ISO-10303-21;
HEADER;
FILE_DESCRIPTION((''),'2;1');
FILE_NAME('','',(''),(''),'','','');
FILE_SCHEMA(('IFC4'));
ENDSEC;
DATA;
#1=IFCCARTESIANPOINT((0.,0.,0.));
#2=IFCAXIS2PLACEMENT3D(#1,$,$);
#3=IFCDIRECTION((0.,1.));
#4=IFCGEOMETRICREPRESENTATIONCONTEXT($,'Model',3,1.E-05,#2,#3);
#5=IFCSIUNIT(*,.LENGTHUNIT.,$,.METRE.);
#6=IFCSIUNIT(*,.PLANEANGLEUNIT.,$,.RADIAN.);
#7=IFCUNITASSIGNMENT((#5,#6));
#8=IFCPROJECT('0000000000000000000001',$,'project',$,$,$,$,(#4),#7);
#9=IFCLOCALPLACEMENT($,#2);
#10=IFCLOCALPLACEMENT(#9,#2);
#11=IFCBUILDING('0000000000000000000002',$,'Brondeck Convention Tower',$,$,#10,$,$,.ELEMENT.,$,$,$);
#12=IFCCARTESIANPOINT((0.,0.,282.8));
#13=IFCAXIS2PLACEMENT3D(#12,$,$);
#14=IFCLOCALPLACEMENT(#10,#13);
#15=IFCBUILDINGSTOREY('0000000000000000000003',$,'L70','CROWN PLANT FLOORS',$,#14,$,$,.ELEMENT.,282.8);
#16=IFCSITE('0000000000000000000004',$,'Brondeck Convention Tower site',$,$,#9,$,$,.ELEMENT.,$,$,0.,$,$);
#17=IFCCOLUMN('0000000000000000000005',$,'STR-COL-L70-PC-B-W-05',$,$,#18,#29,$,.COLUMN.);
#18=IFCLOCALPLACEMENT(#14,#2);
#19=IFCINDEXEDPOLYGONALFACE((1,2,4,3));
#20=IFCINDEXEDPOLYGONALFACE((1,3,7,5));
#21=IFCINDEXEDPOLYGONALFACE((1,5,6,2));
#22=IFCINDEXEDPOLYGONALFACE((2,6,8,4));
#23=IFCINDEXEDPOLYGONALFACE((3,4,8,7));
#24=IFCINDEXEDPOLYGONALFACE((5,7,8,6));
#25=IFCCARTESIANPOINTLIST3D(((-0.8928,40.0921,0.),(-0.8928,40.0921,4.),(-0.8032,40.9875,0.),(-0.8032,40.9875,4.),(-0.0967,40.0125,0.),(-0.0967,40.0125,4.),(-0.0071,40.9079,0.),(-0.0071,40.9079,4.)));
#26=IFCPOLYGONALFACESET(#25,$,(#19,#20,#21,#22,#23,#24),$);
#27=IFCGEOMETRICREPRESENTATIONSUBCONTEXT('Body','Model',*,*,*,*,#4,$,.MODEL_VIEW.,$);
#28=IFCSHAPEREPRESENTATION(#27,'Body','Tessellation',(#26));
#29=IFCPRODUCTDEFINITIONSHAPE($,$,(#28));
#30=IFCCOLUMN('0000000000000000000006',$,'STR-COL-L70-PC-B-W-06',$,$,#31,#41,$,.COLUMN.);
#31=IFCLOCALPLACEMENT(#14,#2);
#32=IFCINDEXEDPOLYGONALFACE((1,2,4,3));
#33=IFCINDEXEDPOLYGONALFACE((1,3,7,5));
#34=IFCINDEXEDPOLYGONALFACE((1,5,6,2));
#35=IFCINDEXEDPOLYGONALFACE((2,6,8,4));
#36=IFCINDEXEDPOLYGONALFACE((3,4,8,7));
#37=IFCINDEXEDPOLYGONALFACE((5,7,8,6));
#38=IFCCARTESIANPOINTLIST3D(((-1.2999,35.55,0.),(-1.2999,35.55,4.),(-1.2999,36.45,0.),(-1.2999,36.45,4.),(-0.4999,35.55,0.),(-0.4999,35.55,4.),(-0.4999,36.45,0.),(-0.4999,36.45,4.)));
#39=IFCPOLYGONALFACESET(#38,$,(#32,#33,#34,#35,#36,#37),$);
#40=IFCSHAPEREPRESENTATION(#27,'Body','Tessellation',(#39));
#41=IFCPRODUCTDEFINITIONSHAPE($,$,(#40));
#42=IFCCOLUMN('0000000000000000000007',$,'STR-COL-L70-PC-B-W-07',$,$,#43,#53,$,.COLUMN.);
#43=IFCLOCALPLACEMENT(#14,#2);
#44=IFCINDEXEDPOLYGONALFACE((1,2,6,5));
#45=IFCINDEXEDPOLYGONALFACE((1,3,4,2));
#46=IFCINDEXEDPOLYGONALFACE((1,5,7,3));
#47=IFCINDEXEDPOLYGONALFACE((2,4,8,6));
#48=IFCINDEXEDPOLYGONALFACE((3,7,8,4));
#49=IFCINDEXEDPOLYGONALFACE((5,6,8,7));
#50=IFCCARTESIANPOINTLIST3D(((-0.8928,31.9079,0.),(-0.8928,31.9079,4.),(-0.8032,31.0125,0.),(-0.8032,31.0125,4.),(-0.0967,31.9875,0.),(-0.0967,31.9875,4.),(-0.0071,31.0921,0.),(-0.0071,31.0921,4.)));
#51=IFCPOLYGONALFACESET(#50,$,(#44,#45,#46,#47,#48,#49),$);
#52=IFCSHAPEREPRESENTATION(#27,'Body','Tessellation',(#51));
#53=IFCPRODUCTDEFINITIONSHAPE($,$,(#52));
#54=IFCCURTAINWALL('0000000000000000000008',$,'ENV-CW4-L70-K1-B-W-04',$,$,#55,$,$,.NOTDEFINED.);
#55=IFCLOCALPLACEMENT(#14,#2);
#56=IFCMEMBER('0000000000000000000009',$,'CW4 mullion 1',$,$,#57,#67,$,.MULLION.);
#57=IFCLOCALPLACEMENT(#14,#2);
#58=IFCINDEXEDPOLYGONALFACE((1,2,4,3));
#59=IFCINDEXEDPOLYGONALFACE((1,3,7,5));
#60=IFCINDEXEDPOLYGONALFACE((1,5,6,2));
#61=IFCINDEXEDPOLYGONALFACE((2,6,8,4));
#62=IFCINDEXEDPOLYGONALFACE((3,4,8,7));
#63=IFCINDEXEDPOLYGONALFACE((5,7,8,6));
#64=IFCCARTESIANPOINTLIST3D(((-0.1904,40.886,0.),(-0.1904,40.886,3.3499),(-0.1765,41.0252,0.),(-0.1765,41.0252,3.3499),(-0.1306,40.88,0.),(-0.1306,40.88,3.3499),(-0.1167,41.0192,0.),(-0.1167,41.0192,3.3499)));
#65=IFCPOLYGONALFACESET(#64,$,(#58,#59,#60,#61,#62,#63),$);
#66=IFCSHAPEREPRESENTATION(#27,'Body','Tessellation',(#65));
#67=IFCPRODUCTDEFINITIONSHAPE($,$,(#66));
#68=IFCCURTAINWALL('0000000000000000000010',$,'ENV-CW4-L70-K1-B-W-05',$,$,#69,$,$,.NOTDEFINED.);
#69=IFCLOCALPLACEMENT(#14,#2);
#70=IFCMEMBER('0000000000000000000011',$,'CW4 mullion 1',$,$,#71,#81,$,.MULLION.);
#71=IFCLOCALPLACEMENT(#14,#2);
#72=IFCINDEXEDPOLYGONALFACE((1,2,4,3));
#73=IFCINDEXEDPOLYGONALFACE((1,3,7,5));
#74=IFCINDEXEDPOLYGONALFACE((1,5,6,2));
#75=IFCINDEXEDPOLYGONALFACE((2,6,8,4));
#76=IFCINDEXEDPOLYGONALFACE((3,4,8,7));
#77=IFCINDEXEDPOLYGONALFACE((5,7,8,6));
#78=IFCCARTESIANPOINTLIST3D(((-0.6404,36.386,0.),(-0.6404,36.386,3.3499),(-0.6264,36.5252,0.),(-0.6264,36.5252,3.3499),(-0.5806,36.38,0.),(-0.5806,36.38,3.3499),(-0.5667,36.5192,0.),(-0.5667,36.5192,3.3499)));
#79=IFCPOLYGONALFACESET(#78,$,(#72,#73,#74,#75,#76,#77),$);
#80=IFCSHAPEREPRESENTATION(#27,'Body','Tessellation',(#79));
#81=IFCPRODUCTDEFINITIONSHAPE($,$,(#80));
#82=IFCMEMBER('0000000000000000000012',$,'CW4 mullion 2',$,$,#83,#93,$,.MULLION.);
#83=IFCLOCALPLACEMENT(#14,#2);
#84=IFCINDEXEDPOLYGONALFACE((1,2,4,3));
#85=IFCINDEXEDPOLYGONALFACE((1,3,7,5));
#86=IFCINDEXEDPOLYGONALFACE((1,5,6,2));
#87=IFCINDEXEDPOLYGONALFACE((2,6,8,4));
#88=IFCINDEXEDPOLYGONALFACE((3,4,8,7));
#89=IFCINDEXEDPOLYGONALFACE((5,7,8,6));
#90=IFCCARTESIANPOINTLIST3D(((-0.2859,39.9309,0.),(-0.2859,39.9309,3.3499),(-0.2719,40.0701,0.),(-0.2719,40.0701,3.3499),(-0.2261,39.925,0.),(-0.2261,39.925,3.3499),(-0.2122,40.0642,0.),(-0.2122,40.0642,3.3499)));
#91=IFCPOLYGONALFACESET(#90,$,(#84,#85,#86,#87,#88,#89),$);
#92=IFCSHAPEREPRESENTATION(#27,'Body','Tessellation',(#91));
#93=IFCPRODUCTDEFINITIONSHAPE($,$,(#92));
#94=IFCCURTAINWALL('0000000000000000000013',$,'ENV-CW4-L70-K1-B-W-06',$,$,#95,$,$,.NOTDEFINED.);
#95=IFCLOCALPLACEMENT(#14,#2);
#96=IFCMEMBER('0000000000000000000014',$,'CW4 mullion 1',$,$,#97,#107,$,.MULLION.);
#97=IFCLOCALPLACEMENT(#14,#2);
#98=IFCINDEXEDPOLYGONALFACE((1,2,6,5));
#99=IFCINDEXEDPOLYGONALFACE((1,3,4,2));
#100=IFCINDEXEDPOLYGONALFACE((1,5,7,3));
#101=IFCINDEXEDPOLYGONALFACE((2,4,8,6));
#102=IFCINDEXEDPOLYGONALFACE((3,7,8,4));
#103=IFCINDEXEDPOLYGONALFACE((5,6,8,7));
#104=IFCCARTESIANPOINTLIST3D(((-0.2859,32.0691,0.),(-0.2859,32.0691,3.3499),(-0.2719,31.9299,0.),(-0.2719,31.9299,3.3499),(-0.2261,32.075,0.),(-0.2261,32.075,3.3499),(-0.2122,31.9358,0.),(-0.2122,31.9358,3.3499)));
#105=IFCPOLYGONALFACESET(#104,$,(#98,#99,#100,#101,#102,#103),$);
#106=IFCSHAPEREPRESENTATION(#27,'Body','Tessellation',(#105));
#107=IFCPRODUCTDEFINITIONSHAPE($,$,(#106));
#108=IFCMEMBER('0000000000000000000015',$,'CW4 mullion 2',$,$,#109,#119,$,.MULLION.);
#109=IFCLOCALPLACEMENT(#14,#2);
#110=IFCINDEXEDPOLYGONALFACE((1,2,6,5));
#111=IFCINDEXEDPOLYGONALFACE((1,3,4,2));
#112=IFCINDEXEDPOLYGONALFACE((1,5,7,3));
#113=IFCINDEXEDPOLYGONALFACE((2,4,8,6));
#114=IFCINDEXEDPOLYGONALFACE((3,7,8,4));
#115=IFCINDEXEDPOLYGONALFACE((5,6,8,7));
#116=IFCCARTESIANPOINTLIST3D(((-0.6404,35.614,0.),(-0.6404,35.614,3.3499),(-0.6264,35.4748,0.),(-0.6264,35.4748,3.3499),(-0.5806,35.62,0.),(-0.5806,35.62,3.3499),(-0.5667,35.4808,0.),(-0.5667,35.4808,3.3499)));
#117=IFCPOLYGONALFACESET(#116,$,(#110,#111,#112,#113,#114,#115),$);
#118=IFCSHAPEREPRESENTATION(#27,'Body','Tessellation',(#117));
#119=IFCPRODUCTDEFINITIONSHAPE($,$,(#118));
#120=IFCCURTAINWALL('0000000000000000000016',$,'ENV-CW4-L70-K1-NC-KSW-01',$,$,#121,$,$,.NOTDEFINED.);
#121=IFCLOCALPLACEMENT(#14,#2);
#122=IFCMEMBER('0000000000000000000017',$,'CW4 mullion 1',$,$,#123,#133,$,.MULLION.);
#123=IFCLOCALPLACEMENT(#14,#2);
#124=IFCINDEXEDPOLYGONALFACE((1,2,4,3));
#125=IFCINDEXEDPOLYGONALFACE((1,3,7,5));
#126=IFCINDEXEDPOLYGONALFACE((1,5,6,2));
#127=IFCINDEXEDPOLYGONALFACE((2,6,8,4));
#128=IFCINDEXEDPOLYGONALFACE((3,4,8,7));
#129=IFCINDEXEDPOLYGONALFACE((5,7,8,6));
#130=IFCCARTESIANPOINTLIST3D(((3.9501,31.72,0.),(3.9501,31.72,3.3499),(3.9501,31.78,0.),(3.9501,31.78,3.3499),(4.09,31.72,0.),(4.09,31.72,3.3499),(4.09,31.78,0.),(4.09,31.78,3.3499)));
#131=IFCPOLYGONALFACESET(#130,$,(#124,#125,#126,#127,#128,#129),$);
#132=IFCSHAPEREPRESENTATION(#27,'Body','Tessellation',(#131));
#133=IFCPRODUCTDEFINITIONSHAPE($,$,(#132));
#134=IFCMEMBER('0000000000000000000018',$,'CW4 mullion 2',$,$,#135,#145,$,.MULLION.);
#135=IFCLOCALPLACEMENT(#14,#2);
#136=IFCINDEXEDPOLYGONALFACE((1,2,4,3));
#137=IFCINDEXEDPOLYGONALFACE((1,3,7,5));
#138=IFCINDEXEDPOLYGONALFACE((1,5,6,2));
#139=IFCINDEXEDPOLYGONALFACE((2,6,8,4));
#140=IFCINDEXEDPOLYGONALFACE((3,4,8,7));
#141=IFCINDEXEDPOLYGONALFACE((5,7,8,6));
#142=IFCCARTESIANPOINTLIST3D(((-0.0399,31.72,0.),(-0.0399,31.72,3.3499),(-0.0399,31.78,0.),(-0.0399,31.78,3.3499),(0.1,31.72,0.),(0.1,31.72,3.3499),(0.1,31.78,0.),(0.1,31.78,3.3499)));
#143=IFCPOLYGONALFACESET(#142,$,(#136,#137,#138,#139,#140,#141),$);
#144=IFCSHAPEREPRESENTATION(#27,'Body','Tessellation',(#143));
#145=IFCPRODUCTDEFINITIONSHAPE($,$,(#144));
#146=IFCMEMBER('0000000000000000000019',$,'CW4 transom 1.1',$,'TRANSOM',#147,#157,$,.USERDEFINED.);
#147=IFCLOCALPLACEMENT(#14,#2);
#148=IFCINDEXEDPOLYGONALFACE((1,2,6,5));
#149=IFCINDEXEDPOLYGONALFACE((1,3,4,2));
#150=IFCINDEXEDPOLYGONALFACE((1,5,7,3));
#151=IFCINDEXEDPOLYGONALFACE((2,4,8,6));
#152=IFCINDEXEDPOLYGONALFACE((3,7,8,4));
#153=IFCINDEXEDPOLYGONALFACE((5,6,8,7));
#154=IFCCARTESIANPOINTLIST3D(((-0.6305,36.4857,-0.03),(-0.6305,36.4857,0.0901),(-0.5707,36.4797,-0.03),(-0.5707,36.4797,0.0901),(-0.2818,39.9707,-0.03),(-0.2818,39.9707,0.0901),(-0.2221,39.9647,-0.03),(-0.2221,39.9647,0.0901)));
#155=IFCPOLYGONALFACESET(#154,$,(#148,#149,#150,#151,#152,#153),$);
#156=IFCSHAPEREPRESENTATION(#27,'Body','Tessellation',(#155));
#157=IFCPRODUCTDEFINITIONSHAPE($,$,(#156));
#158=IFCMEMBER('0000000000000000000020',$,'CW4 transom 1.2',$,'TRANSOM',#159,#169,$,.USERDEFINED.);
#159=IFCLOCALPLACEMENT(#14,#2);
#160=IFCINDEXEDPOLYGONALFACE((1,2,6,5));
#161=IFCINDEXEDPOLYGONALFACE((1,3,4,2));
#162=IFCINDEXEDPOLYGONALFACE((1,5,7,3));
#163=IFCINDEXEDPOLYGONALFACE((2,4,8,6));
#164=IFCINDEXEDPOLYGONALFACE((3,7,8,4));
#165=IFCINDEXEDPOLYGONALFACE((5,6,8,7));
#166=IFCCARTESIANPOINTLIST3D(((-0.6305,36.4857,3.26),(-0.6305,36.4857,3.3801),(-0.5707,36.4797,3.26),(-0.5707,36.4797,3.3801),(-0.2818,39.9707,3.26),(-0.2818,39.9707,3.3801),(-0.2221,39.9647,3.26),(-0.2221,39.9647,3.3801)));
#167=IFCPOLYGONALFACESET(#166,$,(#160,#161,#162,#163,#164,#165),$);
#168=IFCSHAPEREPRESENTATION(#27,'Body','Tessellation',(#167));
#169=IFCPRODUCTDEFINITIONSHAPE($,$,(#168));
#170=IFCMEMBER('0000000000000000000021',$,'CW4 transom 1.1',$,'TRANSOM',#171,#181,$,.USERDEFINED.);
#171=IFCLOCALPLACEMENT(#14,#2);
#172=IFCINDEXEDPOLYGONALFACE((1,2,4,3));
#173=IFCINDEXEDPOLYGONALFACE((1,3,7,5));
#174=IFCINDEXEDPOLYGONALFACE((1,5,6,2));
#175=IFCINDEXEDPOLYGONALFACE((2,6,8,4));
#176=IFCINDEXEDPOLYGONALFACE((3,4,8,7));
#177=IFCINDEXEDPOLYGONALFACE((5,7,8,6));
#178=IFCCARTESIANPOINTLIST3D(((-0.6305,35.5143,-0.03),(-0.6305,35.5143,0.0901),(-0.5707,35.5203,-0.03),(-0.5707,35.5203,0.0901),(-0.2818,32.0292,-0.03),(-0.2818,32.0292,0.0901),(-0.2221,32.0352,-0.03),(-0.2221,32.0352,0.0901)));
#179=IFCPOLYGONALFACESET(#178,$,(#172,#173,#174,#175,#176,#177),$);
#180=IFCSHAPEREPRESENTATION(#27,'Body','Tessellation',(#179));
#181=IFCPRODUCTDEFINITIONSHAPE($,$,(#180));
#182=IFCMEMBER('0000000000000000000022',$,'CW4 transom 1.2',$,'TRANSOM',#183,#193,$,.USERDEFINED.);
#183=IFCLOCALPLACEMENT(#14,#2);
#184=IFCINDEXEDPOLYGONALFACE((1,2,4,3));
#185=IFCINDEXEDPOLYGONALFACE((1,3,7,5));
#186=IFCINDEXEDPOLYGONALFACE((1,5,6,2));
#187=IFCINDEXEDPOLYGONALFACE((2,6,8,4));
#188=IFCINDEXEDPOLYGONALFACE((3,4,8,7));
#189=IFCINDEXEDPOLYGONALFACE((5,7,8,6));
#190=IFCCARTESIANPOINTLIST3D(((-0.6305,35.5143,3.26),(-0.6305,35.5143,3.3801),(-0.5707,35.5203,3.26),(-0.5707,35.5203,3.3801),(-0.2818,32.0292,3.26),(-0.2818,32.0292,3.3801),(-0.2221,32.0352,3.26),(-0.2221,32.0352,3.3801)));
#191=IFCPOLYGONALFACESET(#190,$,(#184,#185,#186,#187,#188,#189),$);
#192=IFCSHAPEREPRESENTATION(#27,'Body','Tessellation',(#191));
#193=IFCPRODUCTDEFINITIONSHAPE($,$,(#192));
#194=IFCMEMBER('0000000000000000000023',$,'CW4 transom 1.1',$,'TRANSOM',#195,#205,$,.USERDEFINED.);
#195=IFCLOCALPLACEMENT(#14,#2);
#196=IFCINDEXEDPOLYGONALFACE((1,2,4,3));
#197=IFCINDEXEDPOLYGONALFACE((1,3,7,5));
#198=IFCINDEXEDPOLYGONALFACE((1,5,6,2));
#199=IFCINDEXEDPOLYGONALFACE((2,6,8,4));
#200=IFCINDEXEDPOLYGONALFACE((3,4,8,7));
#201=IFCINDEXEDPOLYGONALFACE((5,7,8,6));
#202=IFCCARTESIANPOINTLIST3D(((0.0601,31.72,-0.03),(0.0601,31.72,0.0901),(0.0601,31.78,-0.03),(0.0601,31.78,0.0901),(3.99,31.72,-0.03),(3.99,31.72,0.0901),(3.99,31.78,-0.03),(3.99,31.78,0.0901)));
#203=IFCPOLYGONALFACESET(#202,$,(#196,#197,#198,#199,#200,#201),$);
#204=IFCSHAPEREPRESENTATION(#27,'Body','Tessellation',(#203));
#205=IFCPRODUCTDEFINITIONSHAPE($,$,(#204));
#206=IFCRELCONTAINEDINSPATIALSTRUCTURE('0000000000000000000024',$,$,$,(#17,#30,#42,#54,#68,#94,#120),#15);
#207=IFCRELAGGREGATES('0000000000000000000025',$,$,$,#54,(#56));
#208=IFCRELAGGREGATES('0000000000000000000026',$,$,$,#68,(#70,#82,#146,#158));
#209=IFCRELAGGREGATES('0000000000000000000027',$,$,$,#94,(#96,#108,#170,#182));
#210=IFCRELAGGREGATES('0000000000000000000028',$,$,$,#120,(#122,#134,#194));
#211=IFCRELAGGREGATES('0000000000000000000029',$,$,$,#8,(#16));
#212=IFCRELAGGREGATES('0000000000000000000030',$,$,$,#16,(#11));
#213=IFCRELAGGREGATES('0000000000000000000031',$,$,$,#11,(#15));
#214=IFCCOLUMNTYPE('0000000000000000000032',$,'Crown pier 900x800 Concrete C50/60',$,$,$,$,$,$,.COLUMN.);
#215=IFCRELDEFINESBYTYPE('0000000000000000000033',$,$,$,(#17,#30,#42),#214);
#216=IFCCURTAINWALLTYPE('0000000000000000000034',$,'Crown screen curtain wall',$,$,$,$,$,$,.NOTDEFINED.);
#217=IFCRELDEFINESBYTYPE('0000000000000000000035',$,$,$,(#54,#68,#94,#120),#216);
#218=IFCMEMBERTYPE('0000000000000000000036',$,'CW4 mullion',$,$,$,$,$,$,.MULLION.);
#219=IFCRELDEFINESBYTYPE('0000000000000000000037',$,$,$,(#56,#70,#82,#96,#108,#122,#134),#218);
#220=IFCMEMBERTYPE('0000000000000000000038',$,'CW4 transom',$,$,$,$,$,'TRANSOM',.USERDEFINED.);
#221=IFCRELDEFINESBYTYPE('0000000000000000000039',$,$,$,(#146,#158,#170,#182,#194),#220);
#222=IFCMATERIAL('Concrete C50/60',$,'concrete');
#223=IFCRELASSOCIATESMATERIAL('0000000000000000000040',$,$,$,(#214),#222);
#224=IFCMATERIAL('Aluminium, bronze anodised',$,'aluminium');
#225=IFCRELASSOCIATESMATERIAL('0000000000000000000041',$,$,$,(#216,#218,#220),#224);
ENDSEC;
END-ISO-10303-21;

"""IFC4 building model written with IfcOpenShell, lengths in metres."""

from ifc_helpers import new_model, si_unit, direction, frame, origin, origin_2d, place, context, subcontext, project, spatial, rectangle, extrude, material, material_profile, profile_set, type_object, element, aggregate, save


model = new_model("IFC4")

# Units and contexts
model_context = context("Model", 3, precision=1e-05, world=origin(), true_north=direction((0.0, 1.0)))
body_context = subcontext(model_context, "Body", "Model", "MODEL_VIEW")
ifc_project = project(units=[si_unit("LENGTHUNIT", "METRE"), si_unit("PLANEANGLEUNIT", "RADIAN")], contexts=[model_context])

# Site, building, storey
site_placement = place(None, origin())
site = spatial("IfcSite", under=ifc_project, at=site_placement, Name="Brondeck Convention Tower site", CompositionType="ELEMENT", RefElevation=0.0)
building_placement = place(site_placement, origin())
building = spatial("IfcBuilding", under=site, at=building_placement, Name="Brondeck Convention Tower", CompositionType="ELEMENT")
storey_placement = place(building_placement, frame((0.0, 0.0, 282.8)))
storey = spatial("IfcBuildingStorey", under=building, at=storey_placement, Name="L70", Description="CROWN PLANT FLOORS", CompositionType="ELEMENT", Elevation=282.8)

# Columns
ifc_material_1 = material(Name="Concrete C50/60", Category="concrete")
ifc_material_profile_1 = material_profile(ifc_material_1, rectangle(XDim=0.8999, YDim=0.8, at=origin_2d()), Name="Crown pier 900x800 Concrete C50/60")
ifc_profile_set_1 = profile_set([ifc_material_profile_1], Name="Concrete C50/60")
column_type = type_object("IfcColumnType", Name="Crown pier 900x800 Concrete C50/60", PredefinedType="COLUMN", material=ifc_profile_set_1)
for number, where, z_axis, x_axis, name in (
    (1, (-0.45, 40.5, 0.0), (0.0, 0.0, 1.0), (-0.099504, -0.995037, 0.0), "STR-COL-L70-PC-B-W-05"),
    (2, (-0.8999, 36.0, 0.0), (0.0, 0.0, 1.0), (0.0, -1.0, 0.0), "STR-COL-L70-PC-B-W-06"),
    (3, (-0.45, 31.5, 0.0), (0.0, 0.0, 1.0), (0.099504, -0.995037, 0.0), "STR-COL-L70-PC-B-W-07"),
):
    element("IfcColumn", number, at=place(storey_placement, frame(where, z_axis=z_axis, x_axis=x_axis)), inside=storey, type_object=column_type, Name=name, PredefinedType="COLUMN", context=body_context, shape_type="SweptSolid", body=[
        extrude(rectangle(XDim=0.8999, YDim=0.8, at=origin_2d()), origin(), (0.0, 0.0, 1.0), 4.0),
    ])

# Curtain wall, member
ifc_material_2 = material(Name="Aluminium, bronze anodised", Category="aluminium")
curtain_wall_type = type_object("IfcCurtainWallType", Name="Crown screen curtain wall", PredefinedType="NOTDEFINED", material=ifc_material_2)
curtain_wall_1_placement = place(storey_placement, origin())
curtain_wall_1 = element("IfcCurtainWall", 4, at=curtain_wall_1_placement, inside=storey, type_object=curtain_wall_type, Name="ENV-CW4-L70-K1-B-W-04", PredefinedType="NOTDEFINED")
ifc_material_profile_2 = material_profile(ifc_material_2, rectangle(XDim=0.0601, YDim=0.1399, at=origin_2d()), Name="CW4 mullion")
ifc_profile_set_2 = profile_set([ifc_material_profile_2], Name="Aluminium, bronze anodised")
member_type_1 = type_object("IfcMemberType", Name="CW4 mullion", PredefinedType="MULLION", material=ifc_profile_set_2)
member_1_placement = place(storey_placement, frame((-0.1536, 40.9526, 0.0), z_axis=(0.0, 0.0, 1.0), x_axis=(-0.995036, 0.099517, 0.0)))
member_1 = element("IfcMember", 5, at=member_1_placement, type_object=member_type_1, Name="CW4 mullion 1", PredefinedType="MULLION", context=body_context, shape_type="SweptSolid", body=[
    extrude(rectangle(XDim=0.0601, YDim=0.1399, at=origin_2d()), origin(), (0.0, 0.0, 1.0), 3.3499),
])
aggregate(curtain_wall_1, [member_1])

# Curtain walls, members
curtain_wall_2_placement = place(storey_placement, origin())
curtain_wall_2 = element("IfcCurtainWall", 6, at=curtain_wall_2_placement, inside=storey, type_object=curtain_wall_type, Name="ENV-CW4-L70-K1-B-W-05", PredefinedType="NOTDEFINED")
member_2_placement = place(storey_placement, frame((-0.6035, 36.4526, 0.0), z_axis=(0.0, 0.0, 1.0), x_axis=(-0.995036, 0.099517, 0.0)))
member_2 = element("IfcMember", 7, at=member_2_placement, type_object=member_type_1, Name="CW4 mullion 1", PredefinedType="MULLION", context=body_context, shape_type="SweptSolid", body=[
    extrude(rectangle(XDim=0.0601, YDim=0.1399, at=origin_2d()), origin(), (0.0, 0.0, 1.0), 3.3499),
])
member_3_placement = place(storey_placement, frame((-0.249, 39.9976, 0.0), z_axis=(0.0, 0.0, 1.0), x_axis=(-0.995036, 0.099517, 0.0)))
member_3 = element("IfcMember", 8, at=member_3_placement, type_object=member_type_1, Name="CW4 mullion 2", PredefinedType="MULLION", context=body_context, shape_type="SweptSolid", body=[
    extrude(rectangle(XDim=0.0601, YDim=0.1399, at=origin_2d()), origin(), (0.0, 0.0, 1.0), 3.3499),
])
curtain_wall_3_placement = place(storey_placement, origin())
curtain_wall_3 = element("IfcCurtainWall", 9, at=curtain_wall_3_placement, inside=storey, type_object=curtain_wall_type, Name="ENV-CW4-L70-K1-B-W-06", PredefinedType="NOTDEFINED")
member_4_placement = place(storey_placement, frame((-0.249, 32.0024, 0.0), z_axis=(0.0, 0.0, 1.0), x_axis=(-0.995036, -0.099517, 0.0)))
member_4 = element("IfcMember", 10, at=member_4_placement, type_object=member_type_1, Name="CW4 mullion 1", PredefinedType="MULLION", context=body_context, shape_type="SweptSolid", body=[
    extrude(rectangle(XDim=0.0601, YDim=0.1399, at=origin_2d()), origin(), (0.0, 0.0, 1.0), 3.3499),
])
member_5_placement = place(storey_placement, frame((-0.6035, 35.5474, 0.0), z_axis=(0.0, 0.0, 1.0), x_axis=(-0.995036, -0.099517, 0.0)))
member_5 = element("IfcMember", 11, at=member_5_placement, type_object=member_type_1, Name="CW4 mullion 2", PredefinedType="MULLION", context=body_context, shape_type="SweptSolid", body=[
    extrude(rectangle(XDim=0.0601, YDim=0.1399, at=origin_2d()), origin(), (0.0, 0.0, 1.0), 3.3499),
])
curtain_wall_4_placement = place(storey_placement, origin())
curtain_wall_4 = element("IfcCurtainWall", 12, at=curtain_wall_4_placement, inside=storey, type_object=curtain_wall_type, Name="ENV-CW4-L70-K1-NC-KSW-01", PredefinedType="NOTDEFINED")
member_6_placement = place(storey_placement, frame((4.02, 31.75, 0.0), z_axis=(0.0, 0.0, 1.0), x_axis=(0.0, -1.0, 0.0)))
member_6 = element("IfcMember", 13, at=member_6_placement, type_object=member_type_1, Name="CW4 mullion 1", PredefinedType="MULLION", context=body_context, shape_type="SweptSolid", body=[
    extrude(rectangle(XDim=0.0601, YDim=0.1399, at=origin_2d()), origin(), (0.0, 0.0, 1.0), 3.3499),
])
member_7_placement = place(storey_placement, frame((0.03, 31.75, 0.0), z_axis=(0.0, 0.0, 1.0), x_axis=(0.0, -1.0, 0.0)))
member_7 = element("IfcMember", 14, at=member_7_placement, type_object=member_type_1, Name="CW4 mullion 2", PredefinedType="MULLION", context=body_context, shape_type="SweptSolid", body=[
    extrude(rectangle(XDim=0.0601, YDim=0.1399, at=origin_2d()), origin(), (0.0, 0.0, 1.0), 3.3499),
])

# Members
ifc_material_profile_3 = material_profile(ifc_material_2, rectangle(XDim=0.0601, YDim=0.1201, at=origin_2d()), Name="CW4 transom")
ifc_profile_set_3 = profile_set([ifc_material_profile_3], Name="Aluminium, bronze anodised")
member_type_2 = type_object("IfcMemberType", Name="CW4 transom", ElementType="TRANSOM", PredefinedType="USERDEFINED", material=ifc_profile_set_3)
member_8_placement = place(storey_placement, frame((-0.6006, 36.4827, 0.03), z_axis=(0.099538, 0.995034, 0.0), x_axis=(-0.995034, 0.099538, 0.0)))
member_8 = element("IfcMember", 15, at=member_8_placement, type_object=member_type_2, Name="CW4 transom 1.1", ObjectType="TRANSOM", PredefinedType="USERDEFINED", context=body_context, shape_type="SweptSolid", body=[
    extrude(rectangle(XDim=0.0601, YDim=0.1201, at=origin_2d()), origin(), (0.0, 0.0, 1.0), 3.5024),
])
member_9_placement = place(storey_placement, frame((-0.6006, 36.4827, 3.3201), z_axis=(0.099538, 0.995034, 0.0), x_axis=(-0.995034, 0.099538, 0.0)))
member_9 = element("IfcMember", 16, at=member_9_placement, type_object=member_type_2, Name="CW4 transom 1.2", ObjectType="TRANSOM", PredefinedType="USERDEFINED", context=body_context, shape_type="SweptSolid", body=[
    extrude(rectangle(XDim=0.0601, YDim=0.1201, at=origin_2d()), origin(), (0.0, 0.0, 1.0), 3.5024),
])
member_10_placement = place(storey_placement, frame((-0.252, 32.0322, 0.03), z_axis=(-0.099538, 0.995034, 0.0), x_axis=(-0.995034, -0.099538, 0.0)))
member_10 = element("IfcMember", 17, at=member_10_placement, type_object=member_type_2, Name="CW4 transom 1.1", ObjectType="TRANSOM", PredefinedType="USERDEFINED", context=body_context, shape_type="SweptSolid", body=[
    extrude(rectangle(XDim=0.0601, YDim=0.1201, at=origin_2d()), origin(), (0.0, 0.0, 1.0), 3.5024),
])
member_11_placement = place(storey_placement, frame((-0.252, 32.0322, 3.3201), z_axis=(-0.099538, 0.995034, 0.0), x_axis=(-0.995034, -0.099538, 0.0)))
member_11 = element("IfcMember", 18, at=member_11_placement, type_object=member_type_2, Name="CW4 transom 1.2", ObjectType="TRANSOM", PredefinedType="USERDEFINED", context=body_context, shape_type="SweptSolid", body=[
    extrude(rectangle(XDim=0.0601, YDim=0.1201, at=origin_2d()), origin(), (0.0, 0.0, 1.0), 3.5024),
])
member_12_placement = place(storey_placement, frame((3.99, 31.75, 0.03), z_axis=(-1.0, 0.0, 0.0), x_axis=(0.0, -1.0, 0.0)))
member_12 = element("IfcMember", 19, at=member_12_placement, type_object=member_type_2, Name="CW4 transom 1.1", ObjectType="TRANSOM", PredefinedType="USERDEFINED", context=body_context, shape_type="SweptSolid", body=[
    extrude(rectangle(XDim=0.0601, YDim=0.1201, at=origin_2d()), origin(), (0.0, 0.0, 1.0), 3.9299),
])

aggregate(curtain_wall_2, [member_2, member_3, member_8, member_9])
aggregate(curtain_wall_3, [member_4, member_5, member_10, member_11])
aggregate(curtain_wall_4, [member_6, member_7, member_12])

save(model, "model.ifc")
